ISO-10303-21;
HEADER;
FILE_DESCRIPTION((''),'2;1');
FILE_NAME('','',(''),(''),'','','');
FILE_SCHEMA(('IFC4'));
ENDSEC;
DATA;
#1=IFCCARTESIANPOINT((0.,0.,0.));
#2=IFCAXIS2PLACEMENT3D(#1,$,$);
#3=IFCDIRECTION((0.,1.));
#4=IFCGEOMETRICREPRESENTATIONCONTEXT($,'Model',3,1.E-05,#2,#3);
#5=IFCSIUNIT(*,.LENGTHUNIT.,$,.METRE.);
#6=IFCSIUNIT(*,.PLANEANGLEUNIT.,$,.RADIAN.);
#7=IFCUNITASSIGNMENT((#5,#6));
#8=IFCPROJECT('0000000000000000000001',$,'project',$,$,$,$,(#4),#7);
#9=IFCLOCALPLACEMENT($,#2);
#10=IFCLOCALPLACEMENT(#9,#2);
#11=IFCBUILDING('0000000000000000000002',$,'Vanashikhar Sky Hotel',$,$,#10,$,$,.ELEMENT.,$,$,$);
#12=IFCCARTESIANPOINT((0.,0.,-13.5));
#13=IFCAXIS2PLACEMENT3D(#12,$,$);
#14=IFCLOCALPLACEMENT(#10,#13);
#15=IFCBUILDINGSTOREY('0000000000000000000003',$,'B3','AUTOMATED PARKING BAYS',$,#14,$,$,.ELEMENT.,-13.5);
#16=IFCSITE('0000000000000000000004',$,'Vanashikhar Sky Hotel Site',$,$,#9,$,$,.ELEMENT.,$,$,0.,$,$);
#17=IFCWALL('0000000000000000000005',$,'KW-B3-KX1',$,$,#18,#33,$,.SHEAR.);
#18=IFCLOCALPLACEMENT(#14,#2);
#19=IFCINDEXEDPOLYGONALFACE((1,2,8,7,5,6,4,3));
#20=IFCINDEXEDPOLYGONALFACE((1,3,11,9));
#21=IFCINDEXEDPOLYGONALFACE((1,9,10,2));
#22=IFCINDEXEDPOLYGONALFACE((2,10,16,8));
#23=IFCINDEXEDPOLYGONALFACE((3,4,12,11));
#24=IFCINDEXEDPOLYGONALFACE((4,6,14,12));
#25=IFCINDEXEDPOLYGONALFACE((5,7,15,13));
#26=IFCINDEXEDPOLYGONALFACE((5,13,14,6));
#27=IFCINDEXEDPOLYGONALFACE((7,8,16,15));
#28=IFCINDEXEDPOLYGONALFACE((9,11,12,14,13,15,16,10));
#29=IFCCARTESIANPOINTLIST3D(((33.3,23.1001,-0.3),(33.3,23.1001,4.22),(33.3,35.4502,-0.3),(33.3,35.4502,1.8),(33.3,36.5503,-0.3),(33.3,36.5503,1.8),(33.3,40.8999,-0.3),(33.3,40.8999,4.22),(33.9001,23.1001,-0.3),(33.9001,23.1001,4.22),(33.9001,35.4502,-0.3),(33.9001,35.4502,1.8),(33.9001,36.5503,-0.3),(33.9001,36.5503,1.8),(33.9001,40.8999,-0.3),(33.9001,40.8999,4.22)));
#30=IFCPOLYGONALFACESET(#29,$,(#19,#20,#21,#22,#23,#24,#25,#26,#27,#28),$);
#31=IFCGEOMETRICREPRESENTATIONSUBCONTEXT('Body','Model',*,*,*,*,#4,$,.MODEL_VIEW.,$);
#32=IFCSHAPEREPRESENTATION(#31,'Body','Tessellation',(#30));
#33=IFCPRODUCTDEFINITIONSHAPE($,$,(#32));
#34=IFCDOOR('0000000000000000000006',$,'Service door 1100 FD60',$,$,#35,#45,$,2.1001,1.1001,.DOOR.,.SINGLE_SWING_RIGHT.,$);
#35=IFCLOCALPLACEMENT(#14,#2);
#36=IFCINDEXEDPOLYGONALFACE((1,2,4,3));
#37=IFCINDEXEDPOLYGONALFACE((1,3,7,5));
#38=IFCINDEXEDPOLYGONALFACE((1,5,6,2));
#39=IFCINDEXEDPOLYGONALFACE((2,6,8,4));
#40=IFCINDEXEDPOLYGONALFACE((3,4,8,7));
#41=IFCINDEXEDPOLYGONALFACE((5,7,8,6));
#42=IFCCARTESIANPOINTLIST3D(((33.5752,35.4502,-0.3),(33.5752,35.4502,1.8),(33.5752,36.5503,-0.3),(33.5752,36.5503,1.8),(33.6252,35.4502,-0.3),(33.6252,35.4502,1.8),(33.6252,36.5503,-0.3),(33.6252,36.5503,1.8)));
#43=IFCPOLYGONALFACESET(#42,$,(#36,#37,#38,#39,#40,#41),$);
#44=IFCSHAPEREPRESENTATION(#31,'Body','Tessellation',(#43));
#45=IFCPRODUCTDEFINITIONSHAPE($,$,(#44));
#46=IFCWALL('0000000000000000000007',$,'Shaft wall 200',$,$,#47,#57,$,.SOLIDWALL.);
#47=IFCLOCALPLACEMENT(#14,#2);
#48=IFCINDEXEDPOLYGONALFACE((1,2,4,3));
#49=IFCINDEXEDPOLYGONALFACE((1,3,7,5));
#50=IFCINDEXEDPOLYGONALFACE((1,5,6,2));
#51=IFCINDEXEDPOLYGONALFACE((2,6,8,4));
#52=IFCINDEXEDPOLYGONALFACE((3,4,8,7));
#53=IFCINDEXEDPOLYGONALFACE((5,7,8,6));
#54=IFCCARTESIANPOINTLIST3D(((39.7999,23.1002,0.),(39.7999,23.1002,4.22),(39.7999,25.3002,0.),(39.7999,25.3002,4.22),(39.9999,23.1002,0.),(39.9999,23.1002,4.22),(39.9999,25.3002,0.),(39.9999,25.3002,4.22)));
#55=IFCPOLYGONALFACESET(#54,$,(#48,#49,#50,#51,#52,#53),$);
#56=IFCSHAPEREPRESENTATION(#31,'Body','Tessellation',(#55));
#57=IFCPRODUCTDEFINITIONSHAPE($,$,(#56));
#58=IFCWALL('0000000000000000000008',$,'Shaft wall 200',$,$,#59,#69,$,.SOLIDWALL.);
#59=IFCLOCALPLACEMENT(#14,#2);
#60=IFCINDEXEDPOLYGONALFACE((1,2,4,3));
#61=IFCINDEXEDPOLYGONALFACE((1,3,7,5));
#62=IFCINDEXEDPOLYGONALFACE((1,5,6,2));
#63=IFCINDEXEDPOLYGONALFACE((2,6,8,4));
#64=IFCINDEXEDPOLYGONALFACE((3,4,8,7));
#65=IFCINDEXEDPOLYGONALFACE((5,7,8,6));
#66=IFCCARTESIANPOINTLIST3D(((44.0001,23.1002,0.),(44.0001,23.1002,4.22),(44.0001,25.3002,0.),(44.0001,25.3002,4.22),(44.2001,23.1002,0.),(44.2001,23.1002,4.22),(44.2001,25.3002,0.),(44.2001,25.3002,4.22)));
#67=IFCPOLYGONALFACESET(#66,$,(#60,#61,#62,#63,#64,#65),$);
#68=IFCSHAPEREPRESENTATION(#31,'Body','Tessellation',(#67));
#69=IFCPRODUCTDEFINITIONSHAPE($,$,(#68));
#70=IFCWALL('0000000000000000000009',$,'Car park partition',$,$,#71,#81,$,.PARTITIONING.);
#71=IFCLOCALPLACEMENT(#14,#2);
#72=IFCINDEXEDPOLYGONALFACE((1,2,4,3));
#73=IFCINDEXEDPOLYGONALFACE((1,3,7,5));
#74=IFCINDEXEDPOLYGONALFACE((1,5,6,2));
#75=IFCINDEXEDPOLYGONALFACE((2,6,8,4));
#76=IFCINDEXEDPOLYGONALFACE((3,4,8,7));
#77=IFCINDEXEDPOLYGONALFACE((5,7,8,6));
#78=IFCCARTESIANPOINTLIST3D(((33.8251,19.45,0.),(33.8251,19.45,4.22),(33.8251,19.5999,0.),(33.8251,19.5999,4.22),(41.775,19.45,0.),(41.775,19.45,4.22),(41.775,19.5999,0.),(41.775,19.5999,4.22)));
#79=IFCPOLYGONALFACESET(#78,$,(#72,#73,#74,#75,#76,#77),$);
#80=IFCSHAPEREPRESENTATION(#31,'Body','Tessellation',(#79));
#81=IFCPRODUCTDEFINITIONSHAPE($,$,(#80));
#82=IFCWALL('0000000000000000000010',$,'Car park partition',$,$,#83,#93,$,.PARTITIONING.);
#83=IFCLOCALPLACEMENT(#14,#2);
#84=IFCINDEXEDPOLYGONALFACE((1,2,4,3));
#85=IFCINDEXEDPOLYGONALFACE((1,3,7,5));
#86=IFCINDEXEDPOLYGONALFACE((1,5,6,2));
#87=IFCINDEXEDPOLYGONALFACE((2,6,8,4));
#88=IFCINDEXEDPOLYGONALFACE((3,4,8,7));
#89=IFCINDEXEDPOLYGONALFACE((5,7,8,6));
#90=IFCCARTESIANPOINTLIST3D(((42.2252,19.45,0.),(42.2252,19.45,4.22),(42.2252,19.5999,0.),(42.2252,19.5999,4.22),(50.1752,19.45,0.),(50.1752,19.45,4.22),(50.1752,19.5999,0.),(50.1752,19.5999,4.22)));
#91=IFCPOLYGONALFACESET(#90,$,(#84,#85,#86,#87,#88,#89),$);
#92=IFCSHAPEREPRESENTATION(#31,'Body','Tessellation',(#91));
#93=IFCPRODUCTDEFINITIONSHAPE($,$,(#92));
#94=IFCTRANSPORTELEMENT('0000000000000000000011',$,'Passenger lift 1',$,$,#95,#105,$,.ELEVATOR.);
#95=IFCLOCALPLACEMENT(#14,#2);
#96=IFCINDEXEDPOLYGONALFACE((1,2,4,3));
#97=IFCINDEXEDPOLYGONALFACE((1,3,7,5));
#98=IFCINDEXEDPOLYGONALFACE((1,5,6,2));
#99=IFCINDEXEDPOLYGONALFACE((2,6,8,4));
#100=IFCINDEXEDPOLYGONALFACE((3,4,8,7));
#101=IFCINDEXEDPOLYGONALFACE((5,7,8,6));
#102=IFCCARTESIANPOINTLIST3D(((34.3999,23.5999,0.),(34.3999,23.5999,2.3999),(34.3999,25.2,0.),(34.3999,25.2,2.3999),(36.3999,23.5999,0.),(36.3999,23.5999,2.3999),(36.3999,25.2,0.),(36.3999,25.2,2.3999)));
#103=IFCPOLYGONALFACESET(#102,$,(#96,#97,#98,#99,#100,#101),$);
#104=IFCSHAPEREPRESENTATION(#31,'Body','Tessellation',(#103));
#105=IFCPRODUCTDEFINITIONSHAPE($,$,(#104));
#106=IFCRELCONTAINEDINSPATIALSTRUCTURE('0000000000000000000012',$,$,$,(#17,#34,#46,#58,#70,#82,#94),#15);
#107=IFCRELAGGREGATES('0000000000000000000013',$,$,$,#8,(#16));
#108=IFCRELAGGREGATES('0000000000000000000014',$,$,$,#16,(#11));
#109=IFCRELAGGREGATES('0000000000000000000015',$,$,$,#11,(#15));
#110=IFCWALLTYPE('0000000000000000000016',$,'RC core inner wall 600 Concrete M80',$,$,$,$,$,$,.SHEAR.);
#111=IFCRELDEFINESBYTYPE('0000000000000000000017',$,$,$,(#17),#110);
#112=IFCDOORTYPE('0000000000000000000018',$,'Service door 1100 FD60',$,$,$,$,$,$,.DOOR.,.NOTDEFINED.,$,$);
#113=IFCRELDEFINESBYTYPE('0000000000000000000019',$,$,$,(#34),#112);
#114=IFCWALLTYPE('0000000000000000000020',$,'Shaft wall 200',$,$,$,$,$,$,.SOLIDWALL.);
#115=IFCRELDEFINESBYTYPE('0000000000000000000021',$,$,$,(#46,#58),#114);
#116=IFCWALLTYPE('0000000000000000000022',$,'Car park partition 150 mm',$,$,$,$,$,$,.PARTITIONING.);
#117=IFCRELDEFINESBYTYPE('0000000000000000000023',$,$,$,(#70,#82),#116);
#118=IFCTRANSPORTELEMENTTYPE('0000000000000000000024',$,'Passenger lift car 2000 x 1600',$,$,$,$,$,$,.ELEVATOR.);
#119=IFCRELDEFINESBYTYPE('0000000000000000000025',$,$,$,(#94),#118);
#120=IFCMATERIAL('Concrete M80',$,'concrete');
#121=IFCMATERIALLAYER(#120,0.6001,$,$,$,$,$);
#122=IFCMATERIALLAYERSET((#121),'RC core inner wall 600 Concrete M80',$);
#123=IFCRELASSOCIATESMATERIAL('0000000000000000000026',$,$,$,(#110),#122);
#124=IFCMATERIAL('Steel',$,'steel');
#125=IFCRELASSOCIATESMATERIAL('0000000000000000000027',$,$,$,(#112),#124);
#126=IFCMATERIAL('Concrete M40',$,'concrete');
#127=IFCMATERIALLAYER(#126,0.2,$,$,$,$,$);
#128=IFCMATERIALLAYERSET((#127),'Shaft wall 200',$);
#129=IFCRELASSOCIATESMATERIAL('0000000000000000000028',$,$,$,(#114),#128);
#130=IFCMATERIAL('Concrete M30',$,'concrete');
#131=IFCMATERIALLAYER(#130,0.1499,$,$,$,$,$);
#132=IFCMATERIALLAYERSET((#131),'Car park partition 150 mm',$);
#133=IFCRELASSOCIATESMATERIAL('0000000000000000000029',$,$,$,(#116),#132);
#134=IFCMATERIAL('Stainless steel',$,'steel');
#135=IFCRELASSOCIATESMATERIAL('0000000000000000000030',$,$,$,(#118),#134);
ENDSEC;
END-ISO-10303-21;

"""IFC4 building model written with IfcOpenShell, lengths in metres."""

from ifc_helpers import new_model, si_unit, direction, frame, frame_2d, origin, origin_2d, place, context, subcontext, project, spatial, rectangle, extrude, source, transform, mapped, material, layer, layer_set, type_object, element, fill, save


model = new_model("IFC4")

# Units and contexts
model_context = context("Model", 3, precision=1e-05, world=origin(), true_north=direction((0.0, 1.0)))
body_context = subcontext(model_context, "Body", "Model", "MODEL_VIEW")
ifc_project = project(units=[si_unit("LENGTHUNIT", "METRE"), si_unit("PLANEANGLEUNIT", "RADIAN")], contexts=[model_context])

# Site, building, storey
site_placement = place(None, origin())
site = spatial("IfcSite", under=ifc_project, at=site_placement, Name="Vanashikhar Sky Hotel Site", CompositionType="ELEMENT", RefElevation=0.0)
building_placement = place(site_placement, origin())
building = spatial("IfcBuilding", under=site, at=building_placement, Name="Vanashikhar Sky Hotel", CompositionType="ELEMENT")
storey_placement = place(building_placement, frame((0.0, 0.0, -13.5)))
storey = spatial("IfcBuildingStorey", under=building, at=storey_placement, Name="B3", Description="AUTOMATED PARKING BAYS", CompositionType="ELEMENT", Elevation=-13.5)

# Shared definitions
ifc_material_1 = material(Name="Concrete M40", Category="concrete")

# Wall, opening, door
ifc_material_2 = material(Name="Concrete M80", Category="concrete")
ifc_layer_1 = layer(ifc_material_2, 0.6001)
ifc_layer_set_1 = layer_set([ifc_layer_1], Name="RC core inner wall 600 Concrete M80")
wall_type_1 = type_object("IfcWallType", Name="RC core inner wall 600 Concrete M80", PredefinedType="SHEAR", material=ifc_layer_set_1)
shared_shape_1 = source(origin(), body_context, "Body", "SweptSolid", [
    extrude(rectangle(XDim=17.7998, YDim=0.6001, at=frame_2d((8.8999, 0.0))), origin(), (0.0, 0.0, 1.0), 4.52),
])
wall_placement = place(storey_placement, frame((33.6001, 23.1001, -0.3), z_axis=(0.0, 0.0, 1.0), x_axis=(0.0, 1.0, 0.0)))
wall = element("IfcWall", 1, at=wall_placement, inside=storey, type_object=wall_type_1, Name="KW-B3-KX1", PredefinedType="SHEAR", context=body_context, shape_type="MappedRepresentation", body=[
    mapped(shared_shape_1, transform((0.0, 0.0, 0.0), scale=1.0)),
])
shared_shape_2 = source(origin(), body_context, "Body", "SweptSolid", [
    extrude(rectangle(XDim=1.1001, YDim=2.1001, at=frame_2d((0.55, 1.05))), frame((0.0, 0.3101, 0.0), z_axis=(0.0, -1.0, 0.0), x_axis=(1.0, 0.0, 0.0)), (0.0, 0.0, 1.0), 0.6201),
])
opening_placement = place(wall_placement, frame((12.3501, 0.0, 0.0)))
opening = element("IfcOpeningElement", 2, at=opening_placement, cuts=wall, PredefinedType="OPENING", context=body_context, shape_type="MappedRepresentation", body=[
    mapped(shared_shape_2, transform((0.0, 0.0, 0.0), scale=1.0)),
])
ifc_material_3 = material(Name="Steel", Category="steel")
door_type = type_object("IfcDoorType", Name="Service door 1100 FD60", OperationType="NOTDEFINED", PredefinedType="DOOR", material=ifc_material_3)
shared_shape_3 = source(origin(), body_context, "Body", "SweptSolid", [
    extrude(rectangle(XDim=1.1001, YDim=2.1001, at=frame_2d((0.55, 1.05))), frame((0.0, 0.0249, 0.0), z_axis=(0.0, -1.0, 0.0), x_axis=(1.0, 0.0, 0.0)), (0.0, 0.0, 1.0), 0.05),
])
door_placement = place(opening_placement, origin())
door = element("IfcDoor", 3, at=door_placement, inside=storey, type_object=door_type, Name="Service door 1100 FD60", OperationType="SINGLE_SWING_RIGHT", OverallHeight=2.1001, OverallWidth=1.1001, PredefinedType="DOOR", context=body_context, shape_type="MappedRepresentation", body=[
    mapped(shared_shape_3, transform((0.0, 0.0, 0.0), scale=1.0)),
])
fill(opening, door)

# Walls
ifc_layer_2 = layer(ifc_material_1, 0.2)
ifc_layer_set_2 = layer_set([ifc_layer_2], Name="Shaft wall 200")
wall_type_2 = type_object("IfcWallType", Name="Shaft wall 200", PredefinedType="SOLIDWALL", material=ifc_layer_set_2)
shared_shape_4 = source(origin(), body_context, "Body", "SweptSolid", [
    extrude(rectangle(XDim=2.2, YDim=0.2, at=frame_2d((1.1001, 0.0))), origin(), (0.0, 0.0, 1.0), 4.22),
])
for number, where, z_axis, x_axis, name in (
    (4, (39.8999, 23.1001, 0.0), (0.0, 0.0, 1.0), (0.0, 1.0, 0.0), "Shaft wall 200"),
    (5, (44.1001, 23.1001, 0.0), (0.0, 0.0, 1.0), (0.0, 1.0, 0.0), "Shaft wall 200"),
):
    element("IfcWall", number, at=place(storey_placement, frame(where, z_axis=z_axis, x_axis=x_axis)), inside=storey, type_object=wall_type_2, Name=name, PredefinedType="SOLIDWALL", context=body_context, shape_type="MappedRepresentation", body=[
        mapped(shared_shape_4, transform((0.0, 0.0, 0.0), scale=1.0)),
    ])
ifc_material_4 = material(Name="Concrete M30", Category="concrete")
ifc_layer_3 = layer(ifc_material_4, 0.1499)
ifc_layer_set_3 = layer_set([ifc_layer_3], Name="Car park partition 150 mm")
wall_type_3 = type_object("IfcWallType", Name="Car park partition 150 mm", PredefinedType="PARTITIONING", material=ifc_layer_set_3)
shared_shape_5 = source(origin(), body_context, "Body", "SweptSolid", [
    extrude(rectangle(XDim=7.95, YDim=0.1499, at=frame_2d((3.9751, 0.0))), origin(), (0.0, 0.0, 1.0), 4.22),
])
for number, where, z_axis, x_axis, name in (
    (6, (33.825, 19.5249, 0.0), (0.0, 0.0, 1.0), (1.0, 0.0, 0.0), "Car park partition"),
    (7, (42.2251, 19.5249, 0.0), (0.0, 0.0, 1.0), (1.0, 0.0, 0.0), "Car park partition"),
):
    element("IfcWall", number, at=place(storey_placement, frame(where, z_axis=z_axis, x_axis=x_axis)), inside=storey, type_object=wall_type_3, Name=name, PredefinedType="PARTITIONING", context=body_context, shape_type="MappedRepresentation", body=[
        mapped(shared_shape_5, transform((0.0, 0.0, 0.0), scale=1.0)),
    ])

# Transport element
ifc_material_5 = material(Name="Stainless steel", Category="steel")
transport_element_type = type_object("IfcTransportElementType", Name="Passenger lift car 2000 x 1600", PredefinedType="ELEVATOR", material=ifc_material_5)
shared_shape_6 = source(origin(), body_context, "Body", "SweptSolid", [
    extrude(rectangle(XDim=2.0, YDim=1.6001, at=origin_2d()), origin(), (0.0, 0.0, 1.0), 2.3999),
])
transport_element_placement = place(storey_placement, frame((35.3999, 24.3999, 0.0), z_axis=(0.0, 0.0, 1.0), x_axis=(1.0, 0.0, 0.0)))
element("IfcTransportElement", 8, at=transport_element_placement, inside=storey, type_object=transport_element_type, Name="Passenger lift 1", PredefinedType="ELEVATOR", context=body_context, shape_type="MappedRepresentation", body=[
    mapped(shared_shape_6, transform((0.0, 0.0, 0.0), scale=1.0)),
])

save(model, "model.ifc")
